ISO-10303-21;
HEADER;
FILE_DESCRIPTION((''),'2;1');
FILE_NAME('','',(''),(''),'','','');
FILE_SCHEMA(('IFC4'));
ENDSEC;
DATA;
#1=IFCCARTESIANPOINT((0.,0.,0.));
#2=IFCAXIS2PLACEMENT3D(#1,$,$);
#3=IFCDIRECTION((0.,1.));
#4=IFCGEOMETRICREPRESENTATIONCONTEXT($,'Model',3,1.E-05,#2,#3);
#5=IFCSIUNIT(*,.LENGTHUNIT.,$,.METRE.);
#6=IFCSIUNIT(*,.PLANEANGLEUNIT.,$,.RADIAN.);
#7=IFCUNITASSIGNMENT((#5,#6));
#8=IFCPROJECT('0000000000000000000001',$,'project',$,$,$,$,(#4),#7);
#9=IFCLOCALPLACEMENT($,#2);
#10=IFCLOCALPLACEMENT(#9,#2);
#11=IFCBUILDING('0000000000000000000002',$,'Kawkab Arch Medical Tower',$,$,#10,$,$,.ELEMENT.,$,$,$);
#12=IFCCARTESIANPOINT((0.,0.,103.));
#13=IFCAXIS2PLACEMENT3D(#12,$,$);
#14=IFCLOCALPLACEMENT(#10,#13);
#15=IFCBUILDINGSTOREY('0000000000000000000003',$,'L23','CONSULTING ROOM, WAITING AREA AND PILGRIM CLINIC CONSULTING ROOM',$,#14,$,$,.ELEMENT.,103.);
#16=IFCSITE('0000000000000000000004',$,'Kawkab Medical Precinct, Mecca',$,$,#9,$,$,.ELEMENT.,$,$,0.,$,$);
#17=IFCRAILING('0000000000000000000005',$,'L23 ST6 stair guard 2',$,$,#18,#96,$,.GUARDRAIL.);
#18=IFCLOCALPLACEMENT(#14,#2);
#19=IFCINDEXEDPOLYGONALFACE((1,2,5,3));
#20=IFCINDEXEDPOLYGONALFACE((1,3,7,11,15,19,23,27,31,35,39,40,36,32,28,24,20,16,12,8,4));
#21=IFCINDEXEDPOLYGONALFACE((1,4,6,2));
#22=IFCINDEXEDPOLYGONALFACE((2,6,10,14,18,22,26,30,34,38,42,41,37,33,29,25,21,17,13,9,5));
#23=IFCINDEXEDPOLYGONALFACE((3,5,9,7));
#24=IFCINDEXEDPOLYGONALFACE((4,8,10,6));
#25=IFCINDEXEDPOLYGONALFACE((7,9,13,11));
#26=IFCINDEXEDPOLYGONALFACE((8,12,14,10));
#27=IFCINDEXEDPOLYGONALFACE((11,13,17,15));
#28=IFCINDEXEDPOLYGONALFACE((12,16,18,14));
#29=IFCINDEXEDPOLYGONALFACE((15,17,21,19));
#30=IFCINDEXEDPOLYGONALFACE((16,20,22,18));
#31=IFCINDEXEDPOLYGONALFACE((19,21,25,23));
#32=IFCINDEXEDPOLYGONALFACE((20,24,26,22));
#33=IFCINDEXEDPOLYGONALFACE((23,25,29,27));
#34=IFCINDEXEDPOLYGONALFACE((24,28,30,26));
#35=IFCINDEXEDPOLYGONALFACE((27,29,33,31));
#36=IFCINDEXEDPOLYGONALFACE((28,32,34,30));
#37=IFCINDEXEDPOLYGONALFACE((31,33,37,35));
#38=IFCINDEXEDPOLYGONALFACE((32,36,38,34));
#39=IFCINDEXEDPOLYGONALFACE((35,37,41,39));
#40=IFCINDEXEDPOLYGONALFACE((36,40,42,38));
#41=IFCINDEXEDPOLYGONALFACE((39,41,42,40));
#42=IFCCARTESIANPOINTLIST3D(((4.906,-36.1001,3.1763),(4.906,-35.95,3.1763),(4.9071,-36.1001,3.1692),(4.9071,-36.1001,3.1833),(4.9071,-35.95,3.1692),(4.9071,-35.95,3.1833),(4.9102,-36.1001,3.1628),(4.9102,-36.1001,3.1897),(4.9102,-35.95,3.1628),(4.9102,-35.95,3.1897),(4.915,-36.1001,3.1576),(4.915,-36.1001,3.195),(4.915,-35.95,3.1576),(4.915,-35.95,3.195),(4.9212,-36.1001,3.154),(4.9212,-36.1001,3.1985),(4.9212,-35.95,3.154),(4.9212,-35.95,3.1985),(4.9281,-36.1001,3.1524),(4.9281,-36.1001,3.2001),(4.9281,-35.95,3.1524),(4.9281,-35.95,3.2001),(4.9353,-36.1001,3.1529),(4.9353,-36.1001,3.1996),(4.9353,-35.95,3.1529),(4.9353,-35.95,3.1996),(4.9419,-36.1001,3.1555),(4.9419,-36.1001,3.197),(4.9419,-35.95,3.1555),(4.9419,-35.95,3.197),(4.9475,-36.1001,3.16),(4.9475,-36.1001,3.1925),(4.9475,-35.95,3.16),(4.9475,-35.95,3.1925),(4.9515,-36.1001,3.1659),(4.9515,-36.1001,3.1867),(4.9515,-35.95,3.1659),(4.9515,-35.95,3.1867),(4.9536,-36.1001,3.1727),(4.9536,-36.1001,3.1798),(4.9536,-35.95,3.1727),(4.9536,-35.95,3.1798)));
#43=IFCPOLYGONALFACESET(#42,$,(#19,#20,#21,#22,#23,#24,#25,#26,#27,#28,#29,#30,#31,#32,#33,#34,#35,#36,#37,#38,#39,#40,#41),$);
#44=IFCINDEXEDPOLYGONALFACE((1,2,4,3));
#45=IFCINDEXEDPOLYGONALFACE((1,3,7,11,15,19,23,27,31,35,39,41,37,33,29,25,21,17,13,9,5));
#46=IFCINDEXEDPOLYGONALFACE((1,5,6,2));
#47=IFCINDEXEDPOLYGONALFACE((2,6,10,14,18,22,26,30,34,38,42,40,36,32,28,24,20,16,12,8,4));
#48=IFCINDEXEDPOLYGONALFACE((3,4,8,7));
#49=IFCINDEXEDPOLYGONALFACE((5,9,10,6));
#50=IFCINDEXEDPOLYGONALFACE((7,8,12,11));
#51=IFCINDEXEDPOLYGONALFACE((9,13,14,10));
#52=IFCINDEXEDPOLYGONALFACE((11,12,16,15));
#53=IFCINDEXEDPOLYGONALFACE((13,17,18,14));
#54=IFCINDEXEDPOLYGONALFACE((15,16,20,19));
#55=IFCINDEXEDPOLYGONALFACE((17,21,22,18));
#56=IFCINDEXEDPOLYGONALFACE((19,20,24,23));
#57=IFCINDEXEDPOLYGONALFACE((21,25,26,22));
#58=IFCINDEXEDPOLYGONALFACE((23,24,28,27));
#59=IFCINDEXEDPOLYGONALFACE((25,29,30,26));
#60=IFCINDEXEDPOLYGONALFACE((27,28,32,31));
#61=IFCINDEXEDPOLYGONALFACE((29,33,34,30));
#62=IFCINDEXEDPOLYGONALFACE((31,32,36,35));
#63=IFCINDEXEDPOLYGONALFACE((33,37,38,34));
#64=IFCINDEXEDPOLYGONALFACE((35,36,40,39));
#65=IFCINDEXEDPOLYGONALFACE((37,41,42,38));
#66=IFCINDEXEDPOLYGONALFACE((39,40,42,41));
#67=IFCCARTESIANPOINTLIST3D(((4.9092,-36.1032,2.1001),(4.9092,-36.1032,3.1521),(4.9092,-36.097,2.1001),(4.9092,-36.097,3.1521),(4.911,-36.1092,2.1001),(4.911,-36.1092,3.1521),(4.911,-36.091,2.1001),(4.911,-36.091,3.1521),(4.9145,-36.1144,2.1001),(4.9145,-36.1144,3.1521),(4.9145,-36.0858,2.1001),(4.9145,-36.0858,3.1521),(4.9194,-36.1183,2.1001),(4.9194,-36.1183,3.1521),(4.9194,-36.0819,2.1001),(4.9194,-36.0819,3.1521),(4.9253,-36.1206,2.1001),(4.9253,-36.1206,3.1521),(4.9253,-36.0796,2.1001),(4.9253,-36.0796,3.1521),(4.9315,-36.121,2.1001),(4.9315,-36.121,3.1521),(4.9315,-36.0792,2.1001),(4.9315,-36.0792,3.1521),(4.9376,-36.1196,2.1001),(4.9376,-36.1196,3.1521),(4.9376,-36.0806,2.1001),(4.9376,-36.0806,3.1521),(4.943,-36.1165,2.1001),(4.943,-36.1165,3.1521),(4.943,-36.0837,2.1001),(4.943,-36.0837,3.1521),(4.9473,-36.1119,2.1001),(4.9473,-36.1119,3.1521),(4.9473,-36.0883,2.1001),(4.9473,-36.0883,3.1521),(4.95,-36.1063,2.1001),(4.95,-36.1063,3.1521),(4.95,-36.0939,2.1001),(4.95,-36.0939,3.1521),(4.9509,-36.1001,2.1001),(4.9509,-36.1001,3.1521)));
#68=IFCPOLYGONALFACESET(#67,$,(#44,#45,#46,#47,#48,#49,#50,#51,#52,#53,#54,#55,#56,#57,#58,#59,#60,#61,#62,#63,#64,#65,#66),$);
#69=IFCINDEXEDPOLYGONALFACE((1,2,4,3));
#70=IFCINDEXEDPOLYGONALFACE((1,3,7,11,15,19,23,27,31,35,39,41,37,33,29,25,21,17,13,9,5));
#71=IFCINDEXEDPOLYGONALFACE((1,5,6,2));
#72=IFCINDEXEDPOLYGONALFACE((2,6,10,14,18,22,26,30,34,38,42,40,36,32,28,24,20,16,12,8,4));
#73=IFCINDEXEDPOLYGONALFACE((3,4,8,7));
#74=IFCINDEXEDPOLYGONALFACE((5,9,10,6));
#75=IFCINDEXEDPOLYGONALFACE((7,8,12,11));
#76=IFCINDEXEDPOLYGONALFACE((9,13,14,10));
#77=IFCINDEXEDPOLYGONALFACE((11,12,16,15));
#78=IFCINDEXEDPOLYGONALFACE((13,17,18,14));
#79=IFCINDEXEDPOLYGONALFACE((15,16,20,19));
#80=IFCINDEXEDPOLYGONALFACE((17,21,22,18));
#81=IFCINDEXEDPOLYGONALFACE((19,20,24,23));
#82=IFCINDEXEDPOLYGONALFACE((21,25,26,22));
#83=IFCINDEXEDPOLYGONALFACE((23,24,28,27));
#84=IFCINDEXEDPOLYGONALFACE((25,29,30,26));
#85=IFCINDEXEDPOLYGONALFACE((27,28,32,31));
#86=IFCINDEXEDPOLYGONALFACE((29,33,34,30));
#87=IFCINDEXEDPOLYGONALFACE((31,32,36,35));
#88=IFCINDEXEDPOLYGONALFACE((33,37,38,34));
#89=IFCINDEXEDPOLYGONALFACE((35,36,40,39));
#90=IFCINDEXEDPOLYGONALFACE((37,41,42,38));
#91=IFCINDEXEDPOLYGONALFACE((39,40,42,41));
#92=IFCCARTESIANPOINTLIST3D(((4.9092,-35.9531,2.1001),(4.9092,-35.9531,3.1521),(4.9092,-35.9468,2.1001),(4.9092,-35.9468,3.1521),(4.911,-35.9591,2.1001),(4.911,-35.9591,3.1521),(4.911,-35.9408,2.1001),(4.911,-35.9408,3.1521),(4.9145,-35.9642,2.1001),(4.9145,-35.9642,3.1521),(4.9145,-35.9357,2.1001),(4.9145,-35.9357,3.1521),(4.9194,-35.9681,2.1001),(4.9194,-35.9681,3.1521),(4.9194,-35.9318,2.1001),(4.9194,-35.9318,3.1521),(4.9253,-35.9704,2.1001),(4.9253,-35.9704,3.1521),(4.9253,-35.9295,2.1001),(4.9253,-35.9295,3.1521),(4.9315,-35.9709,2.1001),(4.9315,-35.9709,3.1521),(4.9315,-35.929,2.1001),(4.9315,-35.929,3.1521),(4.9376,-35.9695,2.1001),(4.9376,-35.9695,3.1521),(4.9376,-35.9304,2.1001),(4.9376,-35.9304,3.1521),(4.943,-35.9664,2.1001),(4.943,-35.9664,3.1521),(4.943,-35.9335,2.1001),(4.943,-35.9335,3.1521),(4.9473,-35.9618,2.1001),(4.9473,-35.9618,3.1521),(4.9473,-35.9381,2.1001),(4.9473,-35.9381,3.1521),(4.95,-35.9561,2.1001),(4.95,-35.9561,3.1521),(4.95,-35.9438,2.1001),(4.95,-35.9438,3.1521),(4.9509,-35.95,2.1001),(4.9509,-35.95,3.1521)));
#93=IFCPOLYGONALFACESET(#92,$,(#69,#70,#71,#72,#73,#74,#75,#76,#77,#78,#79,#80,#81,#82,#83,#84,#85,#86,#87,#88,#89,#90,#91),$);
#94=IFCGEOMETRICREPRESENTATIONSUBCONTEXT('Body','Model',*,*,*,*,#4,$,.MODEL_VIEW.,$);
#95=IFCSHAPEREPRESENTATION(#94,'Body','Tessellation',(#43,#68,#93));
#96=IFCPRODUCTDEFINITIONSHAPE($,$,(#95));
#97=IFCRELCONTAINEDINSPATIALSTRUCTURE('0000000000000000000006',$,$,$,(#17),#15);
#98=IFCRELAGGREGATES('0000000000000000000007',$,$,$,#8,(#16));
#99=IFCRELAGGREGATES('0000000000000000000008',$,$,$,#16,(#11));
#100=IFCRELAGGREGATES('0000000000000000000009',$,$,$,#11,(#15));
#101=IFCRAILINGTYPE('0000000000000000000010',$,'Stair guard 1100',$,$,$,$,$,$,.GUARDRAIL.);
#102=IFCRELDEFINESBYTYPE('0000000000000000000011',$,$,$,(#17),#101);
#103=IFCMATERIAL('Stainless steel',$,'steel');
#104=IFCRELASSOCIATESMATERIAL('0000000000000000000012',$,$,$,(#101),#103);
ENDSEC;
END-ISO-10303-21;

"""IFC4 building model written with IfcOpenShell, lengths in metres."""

from ifc_helpers import new_model, si_unit, direction, frame, origin, origin_2d, place, context, subcontext, project, spatial, circle, extrude, material, type_object, element, save


model = new_model("IFC4")

# Units and contexts
model_context = context("Model", 3, precision=1e-05, world=origin(), true_north=direction((0.0, 1.0)))
body_context = subcontext(model_context, "Body", "Model", "MODEL_VIEW")
ifc_project = project(units=[si_unit("LENGTHUNIT", "METRE"), si_unit("PLANEANGLEUNIT", "RADIAN")], contexts=[model_context])

# Site, building, storey
site_placement = place(None, origin())
site = spatial("IfcSite", under=ifc_project, at=site_placement, Name="Kawkab Medical Precinct, Mecca", CompositionType="ELEMENT", RefElevation=0.0)
building_placement = place(site_placement, origin())
building = spatial("IfcBuilding", under=site, at=building_placement, Name="Kawkab Arch Medical Tower", CompositionType="ELEMENT")
storey_placement = place(building_placement, frame((0.0, 0.0, 103.0)))
storey = spatial("IfcBuildingStorey", under=building, at=storey_placement, Name="L23", Description="CONSULTING ROOM, WAITING AREA AND PILGRIM CLINIC CONSULTING ROOM", CompositionType="ELEMENT", Elevation=103.0)

# Railing
ifc_material_1 = material(Name="Stainless steel", Category="steel")
railing_type = type_object("IfcRailingType", Name="Stair guard 1100", PredefinedType="GUARDRAIL", material=ifc_material_1)
railing_1_placement = place(storey_placement, frame((4.9299, -36.1001, 2.1001)))
element("IfcRailing", 1, at=railing_1_placement, inside=storey, type_object=railing_type, Name="L23 ST6 stair guard 2", PredefinedType="GUARDRAIL", context=body_context, shape_type="SweptSolid", body=[
    extrude(circle(Radius=0.0239, at=origin_2d()), frame((0.0, 0.0, 1.0762), z_axis=(0.0, 1.0, 0.0), x_axis=(-1.0, 0.0, 0.0)), (0.0, 0.0, 1.0), 0.1501),
    extrude(circle(Radius=0.021, at=origin_2d()), origin(), (0.0, 0.0, 1.0), 1.052),
    extrude(circle(Radius=0.021, at=origin_2d()), frame((0.0, 0.1501, 0.0)), (0.0, 0.0, 1.0), 1.052),
])

save(model, "model.ifc")
